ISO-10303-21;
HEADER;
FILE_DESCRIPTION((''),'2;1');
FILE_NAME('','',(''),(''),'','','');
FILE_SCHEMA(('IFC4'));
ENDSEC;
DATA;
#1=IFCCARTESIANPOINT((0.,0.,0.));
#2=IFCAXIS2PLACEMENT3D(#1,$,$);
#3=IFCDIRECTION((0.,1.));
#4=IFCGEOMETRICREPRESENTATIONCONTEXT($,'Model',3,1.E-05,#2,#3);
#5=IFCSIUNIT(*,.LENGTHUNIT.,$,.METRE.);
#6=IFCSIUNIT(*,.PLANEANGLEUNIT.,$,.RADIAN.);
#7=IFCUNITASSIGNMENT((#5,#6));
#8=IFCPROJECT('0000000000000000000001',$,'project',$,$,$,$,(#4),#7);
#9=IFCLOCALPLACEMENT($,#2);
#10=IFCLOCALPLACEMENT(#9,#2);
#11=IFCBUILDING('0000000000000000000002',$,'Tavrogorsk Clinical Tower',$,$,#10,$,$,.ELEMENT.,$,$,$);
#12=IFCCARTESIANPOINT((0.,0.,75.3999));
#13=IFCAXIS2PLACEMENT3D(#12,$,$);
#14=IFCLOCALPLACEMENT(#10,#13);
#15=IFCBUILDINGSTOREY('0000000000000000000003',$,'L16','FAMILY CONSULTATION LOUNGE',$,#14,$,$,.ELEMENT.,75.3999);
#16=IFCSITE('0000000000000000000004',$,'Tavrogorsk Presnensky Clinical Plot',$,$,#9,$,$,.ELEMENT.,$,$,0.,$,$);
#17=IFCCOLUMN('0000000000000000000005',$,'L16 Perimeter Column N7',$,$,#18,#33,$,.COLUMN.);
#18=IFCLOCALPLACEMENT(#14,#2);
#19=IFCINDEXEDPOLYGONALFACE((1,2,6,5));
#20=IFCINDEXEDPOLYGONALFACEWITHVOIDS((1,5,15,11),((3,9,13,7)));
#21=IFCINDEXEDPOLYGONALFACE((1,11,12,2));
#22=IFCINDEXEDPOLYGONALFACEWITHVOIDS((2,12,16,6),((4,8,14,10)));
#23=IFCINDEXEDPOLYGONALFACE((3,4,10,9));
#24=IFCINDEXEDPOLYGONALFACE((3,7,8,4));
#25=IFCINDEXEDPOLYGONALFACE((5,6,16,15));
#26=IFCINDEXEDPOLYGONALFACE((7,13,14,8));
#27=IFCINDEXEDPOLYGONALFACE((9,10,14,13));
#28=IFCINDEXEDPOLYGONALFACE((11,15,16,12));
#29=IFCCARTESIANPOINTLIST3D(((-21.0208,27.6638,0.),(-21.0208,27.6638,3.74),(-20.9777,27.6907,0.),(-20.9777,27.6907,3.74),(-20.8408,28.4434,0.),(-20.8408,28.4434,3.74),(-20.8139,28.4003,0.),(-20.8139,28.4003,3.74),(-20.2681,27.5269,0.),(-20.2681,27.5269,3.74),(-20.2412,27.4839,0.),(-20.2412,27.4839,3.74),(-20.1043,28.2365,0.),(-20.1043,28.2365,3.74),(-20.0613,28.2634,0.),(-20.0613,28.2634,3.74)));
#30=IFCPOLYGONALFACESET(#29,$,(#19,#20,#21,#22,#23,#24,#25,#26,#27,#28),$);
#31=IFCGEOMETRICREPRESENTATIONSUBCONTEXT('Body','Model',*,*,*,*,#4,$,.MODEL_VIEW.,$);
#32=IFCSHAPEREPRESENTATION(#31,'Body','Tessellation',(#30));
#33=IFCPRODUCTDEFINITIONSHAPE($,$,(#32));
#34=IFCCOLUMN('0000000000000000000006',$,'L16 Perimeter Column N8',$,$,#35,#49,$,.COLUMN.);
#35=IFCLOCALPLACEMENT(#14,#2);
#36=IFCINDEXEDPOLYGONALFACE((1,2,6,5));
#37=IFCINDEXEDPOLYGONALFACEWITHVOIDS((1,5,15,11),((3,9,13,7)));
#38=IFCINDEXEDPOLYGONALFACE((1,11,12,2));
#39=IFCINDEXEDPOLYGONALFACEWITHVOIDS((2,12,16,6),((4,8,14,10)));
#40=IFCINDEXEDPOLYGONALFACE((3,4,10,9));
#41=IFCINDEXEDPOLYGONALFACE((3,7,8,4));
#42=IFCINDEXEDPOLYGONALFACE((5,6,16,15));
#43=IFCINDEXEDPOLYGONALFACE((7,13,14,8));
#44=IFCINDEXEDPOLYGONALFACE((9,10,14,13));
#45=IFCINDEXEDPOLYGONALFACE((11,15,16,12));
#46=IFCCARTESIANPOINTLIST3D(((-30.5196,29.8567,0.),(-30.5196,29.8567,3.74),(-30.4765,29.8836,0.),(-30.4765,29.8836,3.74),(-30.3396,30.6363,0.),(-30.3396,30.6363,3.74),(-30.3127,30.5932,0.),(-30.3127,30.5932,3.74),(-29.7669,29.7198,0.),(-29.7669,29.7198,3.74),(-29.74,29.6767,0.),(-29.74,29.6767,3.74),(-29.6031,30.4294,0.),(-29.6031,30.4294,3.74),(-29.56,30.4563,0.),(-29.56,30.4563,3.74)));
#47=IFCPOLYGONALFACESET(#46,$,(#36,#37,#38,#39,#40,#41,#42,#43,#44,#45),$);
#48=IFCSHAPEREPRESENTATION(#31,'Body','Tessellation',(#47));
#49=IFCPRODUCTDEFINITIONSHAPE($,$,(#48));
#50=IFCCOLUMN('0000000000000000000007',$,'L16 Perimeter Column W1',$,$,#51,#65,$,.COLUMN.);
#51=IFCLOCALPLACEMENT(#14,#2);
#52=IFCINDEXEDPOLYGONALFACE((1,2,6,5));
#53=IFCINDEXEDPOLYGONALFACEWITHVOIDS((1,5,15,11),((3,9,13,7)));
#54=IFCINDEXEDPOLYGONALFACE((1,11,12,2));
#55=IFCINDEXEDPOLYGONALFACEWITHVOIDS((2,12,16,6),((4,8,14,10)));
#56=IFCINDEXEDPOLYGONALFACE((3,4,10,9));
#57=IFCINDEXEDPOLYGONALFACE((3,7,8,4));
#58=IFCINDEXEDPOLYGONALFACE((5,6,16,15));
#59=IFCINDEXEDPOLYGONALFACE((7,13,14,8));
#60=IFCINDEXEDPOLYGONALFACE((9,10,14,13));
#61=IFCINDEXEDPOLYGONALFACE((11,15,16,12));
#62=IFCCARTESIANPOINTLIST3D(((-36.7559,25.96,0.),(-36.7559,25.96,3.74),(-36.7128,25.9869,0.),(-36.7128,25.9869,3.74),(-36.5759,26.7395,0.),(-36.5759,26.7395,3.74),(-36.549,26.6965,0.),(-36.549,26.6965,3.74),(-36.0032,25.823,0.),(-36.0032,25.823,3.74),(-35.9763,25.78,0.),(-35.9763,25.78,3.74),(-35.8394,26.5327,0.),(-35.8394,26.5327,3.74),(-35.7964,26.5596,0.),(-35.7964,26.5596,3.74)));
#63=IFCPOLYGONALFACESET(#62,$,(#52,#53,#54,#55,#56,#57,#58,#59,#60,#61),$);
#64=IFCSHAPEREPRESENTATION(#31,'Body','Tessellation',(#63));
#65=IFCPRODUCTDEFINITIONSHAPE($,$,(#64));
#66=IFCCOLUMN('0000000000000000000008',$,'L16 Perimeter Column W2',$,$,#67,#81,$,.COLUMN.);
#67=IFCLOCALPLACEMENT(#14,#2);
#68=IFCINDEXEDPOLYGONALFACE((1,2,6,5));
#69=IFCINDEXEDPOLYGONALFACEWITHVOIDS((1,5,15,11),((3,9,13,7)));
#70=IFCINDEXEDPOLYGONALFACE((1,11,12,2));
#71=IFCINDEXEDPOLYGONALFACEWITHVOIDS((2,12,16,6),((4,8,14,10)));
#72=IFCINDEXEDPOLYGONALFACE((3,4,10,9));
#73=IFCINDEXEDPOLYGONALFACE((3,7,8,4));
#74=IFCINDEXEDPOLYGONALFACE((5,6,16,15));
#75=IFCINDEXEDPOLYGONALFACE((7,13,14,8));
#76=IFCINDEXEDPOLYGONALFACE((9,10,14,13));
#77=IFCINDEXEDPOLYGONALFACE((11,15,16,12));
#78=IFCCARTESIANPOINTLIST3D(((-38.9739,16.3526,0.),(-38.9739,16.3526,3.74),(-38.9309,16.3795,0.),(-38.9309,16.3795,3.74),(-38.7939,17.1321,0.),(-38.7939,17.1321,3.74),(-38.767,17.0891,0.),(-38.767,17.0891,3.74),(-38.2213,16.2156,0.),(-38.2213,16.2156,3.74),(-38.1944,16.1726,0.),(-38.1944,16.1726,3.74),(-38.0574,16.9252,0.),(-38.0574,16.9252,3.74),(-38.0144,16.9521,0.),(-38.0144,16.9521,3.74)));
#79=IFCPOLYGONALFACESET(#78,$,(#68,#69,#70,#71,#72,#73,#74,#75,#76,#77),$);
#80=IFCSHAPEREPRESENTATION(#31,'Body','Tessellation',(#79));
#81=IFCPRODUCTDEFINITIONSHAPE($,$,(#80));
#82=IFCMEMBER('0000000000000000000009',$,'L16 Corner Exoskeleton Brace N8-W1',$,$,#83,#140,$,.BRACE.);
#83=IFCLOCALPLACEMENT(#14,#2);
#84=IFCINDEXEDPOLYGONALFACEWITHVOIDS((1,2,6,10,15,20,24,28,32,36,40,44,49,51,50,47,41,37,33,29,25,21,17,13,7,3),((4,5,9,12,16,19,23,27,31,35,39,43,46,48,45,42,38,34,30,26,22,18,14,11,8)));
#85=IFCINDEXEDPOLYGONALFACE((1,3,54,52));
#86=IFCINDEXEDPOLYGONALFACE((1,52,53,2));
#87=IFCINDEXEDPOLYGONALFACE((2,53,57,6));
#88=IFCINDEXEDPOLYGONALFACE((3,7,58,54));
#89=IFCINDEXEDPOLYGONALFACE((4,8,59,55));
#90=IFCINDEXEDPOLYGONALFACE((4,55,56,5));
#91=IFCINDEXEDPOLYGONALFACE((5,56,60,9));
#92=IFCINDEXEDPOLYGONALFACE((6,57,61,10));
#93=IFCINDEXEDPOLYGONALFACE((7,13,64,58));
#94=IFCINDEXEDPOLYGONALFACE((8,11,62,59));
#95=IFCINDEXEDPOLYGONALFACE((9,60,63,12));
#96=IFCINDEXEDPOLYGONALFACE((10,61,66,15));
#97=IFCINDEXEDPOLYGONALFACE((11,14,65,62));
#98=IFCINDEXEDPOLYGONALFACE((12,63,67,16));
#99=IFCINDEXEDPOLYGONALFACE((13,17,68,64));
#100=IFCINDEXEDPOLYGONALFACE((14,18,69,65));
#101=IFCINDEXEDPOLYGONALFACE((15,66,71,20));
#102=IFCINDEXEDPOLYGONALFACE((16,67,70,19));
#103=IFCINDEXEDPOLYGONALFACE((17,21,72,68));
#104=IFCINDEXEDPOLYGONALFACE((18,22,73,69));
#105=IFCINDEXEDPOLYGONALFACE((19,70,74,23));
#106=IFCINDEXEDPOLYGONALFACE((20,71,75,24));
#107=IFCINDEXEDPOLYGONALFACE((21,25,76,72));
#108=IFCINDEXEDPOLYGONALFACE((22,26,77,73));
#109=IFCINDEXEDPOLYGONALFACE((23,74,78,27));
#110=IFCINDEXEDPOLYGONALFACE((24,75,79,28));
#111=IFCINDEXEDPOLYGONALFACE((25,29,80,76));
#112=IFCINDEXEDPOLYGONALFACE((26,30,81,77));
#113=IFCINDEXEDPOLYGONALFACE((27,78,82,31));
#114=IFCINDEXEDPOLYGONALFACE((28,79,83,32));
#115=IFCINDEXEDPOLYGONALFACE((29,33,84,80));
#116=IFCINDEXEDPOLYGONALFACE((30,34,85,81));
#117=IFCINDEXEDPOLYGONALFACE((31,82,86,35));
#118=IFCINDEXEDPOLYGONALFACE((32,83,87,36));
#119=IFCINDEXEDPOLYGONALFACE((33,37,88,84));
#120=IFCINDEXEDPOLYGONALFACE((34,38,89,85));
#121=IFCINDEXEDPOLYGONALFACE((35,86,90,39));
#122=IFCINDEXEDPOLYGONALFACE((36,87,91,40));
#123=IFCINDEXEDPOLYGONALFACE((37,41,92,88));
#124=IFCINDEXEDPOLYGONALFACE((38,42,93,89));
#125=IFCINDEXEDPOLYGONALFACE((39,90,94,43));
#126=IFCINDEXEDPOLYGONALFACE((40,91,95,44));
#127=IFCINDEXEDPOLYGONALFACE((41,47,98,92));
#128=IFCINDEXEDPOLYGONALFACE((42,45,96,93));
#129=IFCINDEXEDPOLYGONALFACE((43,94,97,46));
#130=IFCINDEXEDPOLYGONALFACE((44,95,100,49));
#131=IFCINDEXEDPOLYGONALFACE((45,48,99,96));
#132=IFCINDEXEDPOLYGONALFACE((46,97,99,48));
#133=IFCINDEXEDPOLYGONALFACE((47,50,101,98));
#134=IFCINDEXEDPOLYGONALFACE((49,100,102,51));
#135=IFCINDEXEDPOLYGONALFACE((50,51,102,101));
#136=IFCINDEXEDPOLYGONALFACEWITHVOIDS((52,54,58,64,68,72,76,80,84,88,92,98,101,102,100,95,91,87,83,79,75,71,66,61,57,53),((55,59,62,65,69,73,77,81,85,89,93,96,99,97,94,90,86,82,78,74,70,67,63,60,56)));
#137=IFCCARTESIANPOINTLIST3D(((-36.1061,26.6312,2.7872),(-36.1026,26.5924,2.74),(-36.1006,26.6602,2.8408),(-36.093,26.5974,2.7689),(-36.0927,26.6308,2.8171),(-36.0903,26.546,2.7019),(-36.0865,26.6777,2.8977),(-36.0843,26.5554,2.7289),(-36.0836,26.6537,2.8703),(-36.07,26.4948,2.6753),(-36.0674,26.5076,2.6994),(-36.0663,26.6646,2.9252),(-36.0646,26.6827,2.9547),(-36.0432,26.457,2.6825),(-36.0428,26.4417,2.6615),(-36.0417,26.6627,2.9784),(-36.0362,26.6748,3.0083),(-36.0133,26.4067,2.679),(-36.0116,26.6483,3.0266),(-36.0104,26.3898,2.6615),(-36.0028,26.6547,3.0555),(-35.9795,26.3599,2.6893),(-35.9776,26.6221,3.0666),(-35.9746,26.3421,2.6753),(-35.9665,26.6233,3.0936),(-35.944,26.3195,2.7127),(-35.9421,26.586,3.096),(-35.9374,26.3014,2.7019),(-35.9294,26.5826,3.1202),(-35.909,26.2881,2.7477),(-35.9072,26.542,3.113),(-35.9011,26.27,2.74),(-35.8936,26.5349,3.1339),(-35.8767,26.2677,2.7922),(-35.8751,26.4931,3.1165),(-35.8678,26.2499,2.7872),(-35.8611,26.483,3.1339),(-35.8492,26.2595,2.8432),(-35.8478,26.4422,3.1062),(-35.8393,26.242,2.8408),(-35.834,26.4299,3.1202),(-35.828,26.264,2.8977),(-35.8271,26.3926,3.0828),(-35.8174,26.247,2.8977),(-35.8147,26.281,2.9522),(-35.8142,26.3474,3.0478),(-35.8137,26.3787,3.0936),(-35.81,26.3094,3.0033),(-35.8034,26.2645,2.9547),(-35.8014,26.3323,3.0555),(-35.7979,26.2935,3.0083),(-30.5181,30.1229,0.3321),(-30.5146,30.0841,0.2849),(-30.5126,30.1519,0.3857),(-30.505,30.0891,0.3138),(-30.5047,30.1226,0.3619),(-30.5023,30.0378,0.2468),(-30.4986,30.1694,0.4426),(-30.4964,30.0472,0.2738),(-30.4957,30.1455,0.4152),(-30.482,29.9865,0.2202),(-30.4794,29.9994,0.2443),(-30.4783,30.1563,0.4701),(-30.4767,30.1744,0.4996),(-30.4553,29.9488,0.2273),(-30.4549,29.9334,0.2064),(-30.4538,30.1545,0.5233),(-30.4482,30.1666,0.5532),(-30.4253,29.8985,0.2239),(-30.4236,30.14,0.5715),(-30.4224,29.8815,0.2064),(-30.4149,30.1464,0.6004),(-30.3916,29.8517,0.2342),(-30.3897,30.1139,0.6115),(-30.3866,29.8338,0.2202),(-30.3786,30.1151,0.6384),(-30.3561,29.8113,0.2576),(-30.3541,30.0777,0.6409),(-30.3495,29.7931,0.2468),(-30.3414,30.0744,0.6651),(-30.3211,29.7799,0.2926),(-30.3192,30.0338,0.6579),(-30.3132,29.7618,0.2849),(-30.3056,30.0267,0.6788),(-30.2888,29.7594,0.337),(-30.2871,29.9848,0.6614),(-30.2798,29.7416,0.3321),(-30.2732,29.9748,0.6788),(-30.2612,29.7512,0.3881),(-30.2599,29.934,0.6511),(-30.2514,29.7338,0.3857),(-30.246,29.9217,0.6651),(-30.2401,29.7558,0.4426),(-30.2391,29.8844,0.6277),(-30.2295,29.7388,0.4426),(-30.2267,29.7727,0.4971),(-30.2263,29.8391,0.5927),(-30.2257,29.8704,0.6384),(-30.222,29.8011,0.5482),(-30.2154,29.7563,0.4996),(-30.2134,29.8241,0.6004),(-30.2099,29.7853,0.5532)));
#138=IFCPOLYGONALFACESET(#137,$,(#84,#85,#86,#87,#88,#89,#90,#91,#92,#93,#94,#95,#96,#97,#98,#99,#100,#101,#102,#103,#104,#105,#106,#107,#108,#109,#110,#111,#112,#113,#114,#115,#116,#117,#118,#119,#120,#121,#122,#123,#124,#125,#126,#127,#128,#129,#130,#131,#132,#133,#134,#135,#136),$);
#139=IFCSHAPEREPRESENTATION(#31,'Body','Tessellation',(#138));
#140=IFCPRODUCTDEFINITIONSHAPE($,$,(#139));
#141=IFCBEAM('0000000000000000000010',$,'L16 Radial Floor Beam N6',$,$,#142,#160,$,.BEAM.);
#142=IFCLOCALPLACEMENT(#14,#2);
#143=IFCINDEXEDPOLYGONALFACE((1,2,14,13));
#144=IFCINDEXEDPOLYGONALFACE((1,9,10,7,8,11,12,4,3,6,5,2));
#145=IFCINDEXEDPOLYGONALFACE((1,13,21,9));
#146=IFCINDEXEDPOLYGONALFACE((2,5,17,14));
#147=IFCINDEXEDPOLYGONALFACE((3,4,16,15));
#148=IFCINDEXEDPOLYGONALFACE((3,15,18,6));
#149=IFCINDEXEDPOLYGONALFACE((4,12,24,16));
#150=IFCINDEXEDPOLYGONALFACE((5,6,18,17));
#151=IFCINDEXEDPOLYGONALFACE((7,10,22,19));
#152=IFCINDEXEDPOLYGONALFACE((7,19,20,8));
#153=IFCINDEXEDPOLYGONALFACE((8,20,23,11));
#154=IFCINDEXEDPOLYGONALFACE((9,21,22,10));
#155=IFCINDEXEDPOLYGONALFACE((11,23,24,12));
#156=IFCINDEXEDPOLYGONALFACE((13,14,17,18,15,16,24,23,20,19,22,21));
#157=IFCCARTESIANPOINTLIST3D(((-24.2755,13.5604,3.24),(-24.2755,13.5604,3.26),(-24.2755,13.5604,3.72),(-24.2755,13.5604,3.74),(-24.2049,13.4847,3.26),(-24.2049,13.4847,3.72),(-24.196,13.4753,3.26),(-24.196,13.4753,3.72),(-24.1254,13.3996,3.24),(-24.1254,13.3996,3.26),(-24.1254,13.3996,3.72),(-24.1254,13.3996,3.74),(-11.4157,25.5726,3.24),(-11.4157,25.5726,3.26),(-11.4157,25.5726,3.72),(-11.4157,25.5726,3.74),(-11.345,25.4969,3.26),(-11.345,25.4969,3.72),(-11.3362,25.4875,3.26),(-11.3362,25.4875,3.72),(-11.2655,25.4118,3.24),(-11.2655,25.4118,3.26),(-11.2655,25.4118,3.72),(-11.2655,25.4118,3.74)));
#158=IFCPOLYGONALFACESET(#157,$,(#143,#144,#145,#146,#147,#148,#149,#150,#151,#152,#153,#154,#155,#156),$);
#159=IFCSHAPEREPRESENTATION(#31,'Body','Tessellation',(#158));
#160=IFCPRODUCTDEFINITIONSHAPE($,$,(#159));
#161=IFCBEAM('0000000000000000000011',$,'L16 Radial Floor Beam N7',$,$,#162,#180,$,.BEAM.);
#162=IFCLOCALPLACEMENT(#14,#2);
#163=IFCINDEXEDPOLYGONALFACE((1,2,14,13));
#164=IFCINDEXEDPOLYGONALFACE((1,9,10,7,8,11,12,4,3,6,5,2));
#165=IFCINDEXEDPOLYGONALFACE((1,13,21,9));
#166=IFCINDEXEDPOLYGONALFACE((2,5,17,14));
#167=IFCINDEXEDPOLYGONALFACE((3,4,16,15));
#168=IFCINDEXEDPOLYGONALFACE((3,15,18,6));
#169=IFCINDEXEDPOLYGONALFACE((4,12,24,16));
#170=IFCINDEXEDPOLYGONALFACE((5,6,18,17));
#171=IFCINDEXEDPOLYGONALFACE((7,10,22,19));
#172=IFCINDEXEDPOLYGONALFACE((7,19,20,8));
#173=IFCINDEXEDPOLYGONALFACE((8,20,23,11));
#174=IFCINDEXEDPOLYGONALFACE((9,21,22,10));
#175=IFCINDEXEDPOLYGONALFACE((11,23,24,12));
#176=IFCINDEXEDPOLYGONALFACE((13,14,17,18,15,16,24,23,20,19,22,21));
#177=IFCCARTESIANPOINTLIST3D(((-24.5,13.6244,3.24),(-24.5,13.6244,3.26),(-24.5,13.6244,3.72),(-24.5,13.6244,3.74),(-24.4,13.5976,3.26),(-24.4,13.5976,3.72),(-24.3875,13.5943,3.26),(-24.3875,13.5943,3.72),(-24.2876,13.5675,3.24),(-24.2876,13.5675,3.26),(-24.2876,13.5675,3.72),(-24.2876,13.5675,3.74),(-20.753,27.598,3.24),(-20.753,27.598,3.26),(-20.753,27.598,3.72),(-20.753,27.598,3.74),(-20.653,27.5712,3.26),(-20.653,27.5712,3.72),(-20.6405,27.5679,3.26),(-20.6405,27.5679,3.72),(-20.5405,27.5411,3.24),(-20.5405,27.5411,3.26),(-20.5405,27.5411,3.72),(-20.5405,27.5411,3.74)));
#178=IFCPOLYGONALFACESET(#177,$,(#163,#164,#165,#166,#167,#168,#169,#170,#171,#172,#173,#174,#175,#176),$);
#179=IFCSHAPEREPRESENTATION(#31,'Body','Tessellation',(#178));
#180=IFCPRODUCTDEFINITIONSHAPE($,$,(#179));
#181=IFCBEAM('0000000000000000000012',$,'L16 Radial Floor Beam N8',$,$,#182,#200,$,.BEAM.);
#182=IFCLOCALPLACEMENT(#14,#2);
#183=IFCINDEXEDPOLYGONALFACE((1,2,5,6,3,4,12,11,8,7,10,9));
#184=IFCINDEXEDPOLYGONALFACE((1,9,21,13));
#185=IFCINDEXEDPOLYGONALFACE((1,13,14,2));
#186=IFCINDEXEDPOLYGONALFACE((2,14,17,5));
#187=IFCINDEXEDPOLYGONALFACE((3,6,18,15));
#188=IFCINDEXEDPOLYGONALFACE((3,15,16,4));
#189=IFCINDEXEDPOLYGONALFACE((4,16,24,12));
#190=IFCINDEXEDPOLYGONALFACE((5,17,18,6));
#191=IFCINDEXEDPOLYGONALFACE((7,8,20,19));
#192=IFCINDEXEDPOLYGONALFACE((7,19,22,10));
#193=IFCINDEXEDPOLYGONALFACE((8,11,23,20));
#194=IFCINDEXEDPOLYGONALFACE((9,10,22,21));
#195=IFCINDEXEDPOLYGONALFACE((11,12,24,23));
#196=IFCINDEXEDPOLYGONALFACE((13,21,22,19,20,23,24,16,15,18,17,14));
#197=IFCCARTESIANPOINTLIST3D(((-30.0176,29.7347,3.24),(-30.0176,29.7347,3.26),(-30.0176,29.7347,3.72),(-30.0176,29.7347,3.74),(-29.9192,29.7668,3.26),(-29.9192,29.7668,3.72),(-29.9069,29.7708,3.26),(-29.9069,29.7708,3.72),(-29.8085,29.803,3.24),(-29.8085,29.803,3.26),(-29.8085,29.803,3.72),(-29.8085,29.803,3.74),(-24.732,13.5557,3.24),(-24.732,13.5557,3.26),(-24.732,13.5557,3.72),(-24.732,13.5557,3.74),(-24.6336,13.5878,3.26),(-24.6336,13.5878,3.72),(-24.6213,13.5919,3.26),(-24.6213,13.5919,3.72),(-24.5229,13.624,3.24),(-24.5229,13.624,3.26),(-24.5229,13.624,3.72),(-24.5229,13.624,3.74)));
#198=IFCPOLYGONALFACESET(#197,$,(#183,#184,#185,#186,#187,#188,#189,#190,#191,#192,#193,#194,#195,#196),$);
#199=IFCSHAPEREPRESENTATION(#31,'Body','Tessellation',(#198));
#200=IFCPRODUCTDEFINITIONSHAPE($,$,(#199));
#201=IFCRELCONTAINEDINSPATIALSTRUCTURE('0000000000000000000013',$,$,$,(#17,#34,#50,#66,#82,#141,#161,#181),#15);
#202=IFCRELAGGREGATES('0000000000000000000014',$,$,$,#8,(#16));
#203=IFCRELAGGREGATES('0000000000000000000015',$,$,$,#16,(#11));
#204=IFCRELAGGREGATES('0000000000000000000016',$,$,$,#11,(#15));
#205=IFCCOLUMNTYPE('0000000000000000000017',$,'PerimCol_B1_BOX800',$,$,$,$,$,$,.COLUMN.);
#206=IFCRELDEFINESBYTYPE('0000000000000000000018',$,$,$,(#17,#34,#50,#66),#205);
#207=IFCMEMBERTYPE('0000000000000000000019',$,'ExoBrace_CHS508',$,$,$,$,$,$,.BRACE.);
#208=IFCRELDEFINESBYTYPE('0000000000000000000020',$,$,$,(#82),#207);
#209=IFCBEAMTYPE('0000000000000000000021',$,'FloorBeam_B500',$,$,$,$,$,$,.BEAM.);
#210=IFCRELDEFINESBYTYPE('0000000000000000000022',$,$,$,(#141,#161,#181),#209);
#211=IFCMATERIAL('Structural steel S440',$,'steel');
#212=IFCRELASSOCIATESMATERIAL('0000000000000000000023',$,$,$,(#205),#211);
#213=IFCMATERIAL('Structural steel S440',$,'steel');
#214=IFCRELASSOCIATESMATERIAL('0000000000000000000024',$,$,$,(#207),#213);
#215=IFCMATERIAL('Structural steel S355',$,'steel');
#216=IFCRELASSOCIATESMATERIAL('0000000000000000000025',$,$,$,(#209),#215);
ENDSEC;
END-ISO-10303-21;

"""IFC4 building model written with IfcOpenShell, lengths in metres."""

from ifc_helpers import new_model, si_unit, direction, frame, origin, origin_2d, place, context, subcontext, project, spatial, hollow_rectangle, hollow_circle, i_section, extrude, material, material_profile, profile_set, type_object, element, save


model = new_model("IFC4")

# Units and contexts
model_context = context("Model", 3, precision=1e-05, world=origin(), true_north=direction((0.0, 1.0)))
body_context = subcontext(model_context, "Body", "Model", "MODEL_VIEW")
ifc_project = project(units=[si_unit("LENGTHUNIT", "METRE"), si_unit("PLANEANGLEUNIT", "RADIAN")], contexts=[model_context])

# Site, building, storey
site_placement = place(None, origin())
site = spatial("IfcSite", under=ifc_project, at=site_placement, Name="Tavrogorsk Presnensky Clinical Plot", CompositionType="ELEMENT", RefElevation=0.0)
building_placement = place(site_placement, origin())
building = spatial("IfcBuilding", under=site, at=building_placement, Name="Tavrogorsk Clinical Tower", CompositionType="ELEMENT")
storey_placement = place(building_placement, frame((0.0, 0.0, 75.3999)))
storey = spatial("IfcBuildingStorey", under=building, at=storey_placement, Name="L16", Description="FAMILY CONSULTATION LOUNGE", CompositionType="ELEMENT", Elevation=75.3999)

# Columns
ifc_material_1 = material(Name="Structural steel S440", Category="steel")
ifc_material_profile_1 = material_profile(ifc_material_1, hollow_rectangle(XDim=0.8, YDim=0.8, WallThickness=0.0359, at=origin_2d()), Name="BOX-800x800x36")
ifc_profile_set_1 = profile_set([ifc_material_profile_1], Name="Structural steel S440")
column_type = type_object("IfcColumnType", Name="PerimCol_B1_BOX800", PredefinedType="COLUMN", material=ifc_profile_set_1)
for number, where, z_axis, x_axis, name in (
    (1, (-20.541, 27.9636, 0.0), (0.0, 0.0, 1.0), (0.97437, -0.224951, 0.0), "L16 Perimeter Column N7"),
    (2, (-30.0398, 30.1565, 0.0), (0.0, 0.0, 1.0), (0.97437, -0.224951, 0.0), "L16 Perimeter Column N8"),
    (3, (-36.2761, 26.2598, 0.0), (0.0, 0.0, 1.0), (0.97437, -0.224951, 0.0), "L16 Perimeter Column W1"),
    (4, (-38.4941, 16.6523, 0.0), (0.0, 0.0, 1.0), (0.97437, -0.224951, 0.0), "L16 Perimeter Column W2"),
):
    element("IfcColumn", number, at=place(storey_placement, frame(where, z_axis=z_axis, x_axis=x_axis)), inside=storey, type_object=column_type, Name=name, PredefinedType="COLUMN", context=body_context, shape_type="SweptSolid", body=[
        extrude(hollow_rectangle(XDim=0.8, YDim=0.8, WallThickness=0.0359, at=origin_2d()), origin(), (0.0, 0.0, 1.0), 3.74),
    ])

# Member
ifc_material_2 = material(Name="Structural steel S440", Category="steel")
ifc_material_profile_2 = material_profile(ifc_material_2, hollow_circle(Radius=0.2539, WallThickness=0.02, at=origin_2d()), Name="CHS-508x20")
ifc_profile_set_2 = profile_set([ifc_material_profile_2], Name="Structural steel S440")
member_type_1 = type_object("IfcMemberType", Name="ExoBrace_CHS508", PredefinedType="BRACE", material=ifc_profile_set_2)
member_1_placement = place(storey_placement, frame((-30.364, 29.9541, 0.4426), z_axis=(-0.794679, -0.49657, 0.349148), x_axis=(0.529919, -0.848048, 0.0)))
element("IfcMember", 5, at=member_1_placement, inside=storey, type_object=member_type_1, Name="L16 Corner Exoskeleton Brace N8-W1", PredefinedType="BRACE", context=body_context, shape_type="SweptSolid", body=[
    extrude(hollow_circle(Radius=0.2539, WallThickness=0.02, at=origin_2d()), origin(), (0.0, 0.0, 1.0), 7.0317),
])

# Beams
ifc_material_3 = material(Name="Structural steel S355", Category="steel")
ifc_material_profile_3 = material_profile(ifc_material_3, i_section(OverallWidth=0.22, OverallDepth=0.5, WebThickness=0.0129, FlangeThickness=0.02, at=origin_2d()), Name="B-500x220x13x20")
ifc_profile_set_3 = profile_set([ifc_material_profile_3], Name="Structural steel S355")
beam_type_1 = type_object("IfcBeamType", Name="FloorBeam_B500", PredefinedType="BEAM", material=ifc_profile_set_3)
beam_1_placement = place(storey_placement, frame((-24.2004, 13.48, 3.49), z_axis=(0.730781, 0.682612, 0.0), x_axis=(-0.682612, 0.730781, 0.0)))
element("IfcBeam", 6, at=beam_1_placement, inside=storey, type_object=beam_type_1, Name="L16 Radial Floor Beam N6", PredefinedType="BEAM", context=body_context, shape_type="SweptSolid", body=[
    extrude(i_section(OverallWidth=0.22, OverallDepth=0.5, WebThickness=0.0129, FlangeThickness=0.02, at=origin_2d()), origin(), (0.0, 0.0, 1.0), 17.5974),
])
beam_2_placement = place(storey_placement, frame((-24.3938, 13.5959, 3.49), z_axis=(0.259003, 0.965877, 0.0), x_axis=(-0.965877, 0.259003, 0.0)))
element("IfcBeam", 7, at=beam_2_placement, inside=storey, type_object=beam_type_1, Name="L16 Radial Floor Beam N7", PredefinedType="BEAM", context=body_context, shape_type="SweptSolid", body=[
    extrude(i_section(OverallWidth=0.22, OverallDepth=0.5, WebThickness=0.0129, FlangeThickness=0.02, at=origin_2d()), origin(), (0.0, 0.0, 1.0), 14.4673),
])
beam_3_placement = place(storey_placement, frame((-24.6274, 13.5898, 3.49), z_axis=(-0.310546, 0.950558, 0.0), x_axis=(-0.950558, -0.310546, 0.0)))
element("IfcBeam", 8, at=beam_3_placement, inside=storey, type_object=beam_type_1, Name="L16 Radial Floor Beam N8", PredefinedType="BEAM", context=body_context, shape_type="SweptSolid", body=[
    extrude(i_section(OverallWidth=0.22, OverallDepth=0.5, WebThickness=0.0129, FlangeThickness=0.02, at=origin_2d()), origin(), (0.0, 0.0, 1.0), 17.0205),
])

save(model, "model.ifc")
